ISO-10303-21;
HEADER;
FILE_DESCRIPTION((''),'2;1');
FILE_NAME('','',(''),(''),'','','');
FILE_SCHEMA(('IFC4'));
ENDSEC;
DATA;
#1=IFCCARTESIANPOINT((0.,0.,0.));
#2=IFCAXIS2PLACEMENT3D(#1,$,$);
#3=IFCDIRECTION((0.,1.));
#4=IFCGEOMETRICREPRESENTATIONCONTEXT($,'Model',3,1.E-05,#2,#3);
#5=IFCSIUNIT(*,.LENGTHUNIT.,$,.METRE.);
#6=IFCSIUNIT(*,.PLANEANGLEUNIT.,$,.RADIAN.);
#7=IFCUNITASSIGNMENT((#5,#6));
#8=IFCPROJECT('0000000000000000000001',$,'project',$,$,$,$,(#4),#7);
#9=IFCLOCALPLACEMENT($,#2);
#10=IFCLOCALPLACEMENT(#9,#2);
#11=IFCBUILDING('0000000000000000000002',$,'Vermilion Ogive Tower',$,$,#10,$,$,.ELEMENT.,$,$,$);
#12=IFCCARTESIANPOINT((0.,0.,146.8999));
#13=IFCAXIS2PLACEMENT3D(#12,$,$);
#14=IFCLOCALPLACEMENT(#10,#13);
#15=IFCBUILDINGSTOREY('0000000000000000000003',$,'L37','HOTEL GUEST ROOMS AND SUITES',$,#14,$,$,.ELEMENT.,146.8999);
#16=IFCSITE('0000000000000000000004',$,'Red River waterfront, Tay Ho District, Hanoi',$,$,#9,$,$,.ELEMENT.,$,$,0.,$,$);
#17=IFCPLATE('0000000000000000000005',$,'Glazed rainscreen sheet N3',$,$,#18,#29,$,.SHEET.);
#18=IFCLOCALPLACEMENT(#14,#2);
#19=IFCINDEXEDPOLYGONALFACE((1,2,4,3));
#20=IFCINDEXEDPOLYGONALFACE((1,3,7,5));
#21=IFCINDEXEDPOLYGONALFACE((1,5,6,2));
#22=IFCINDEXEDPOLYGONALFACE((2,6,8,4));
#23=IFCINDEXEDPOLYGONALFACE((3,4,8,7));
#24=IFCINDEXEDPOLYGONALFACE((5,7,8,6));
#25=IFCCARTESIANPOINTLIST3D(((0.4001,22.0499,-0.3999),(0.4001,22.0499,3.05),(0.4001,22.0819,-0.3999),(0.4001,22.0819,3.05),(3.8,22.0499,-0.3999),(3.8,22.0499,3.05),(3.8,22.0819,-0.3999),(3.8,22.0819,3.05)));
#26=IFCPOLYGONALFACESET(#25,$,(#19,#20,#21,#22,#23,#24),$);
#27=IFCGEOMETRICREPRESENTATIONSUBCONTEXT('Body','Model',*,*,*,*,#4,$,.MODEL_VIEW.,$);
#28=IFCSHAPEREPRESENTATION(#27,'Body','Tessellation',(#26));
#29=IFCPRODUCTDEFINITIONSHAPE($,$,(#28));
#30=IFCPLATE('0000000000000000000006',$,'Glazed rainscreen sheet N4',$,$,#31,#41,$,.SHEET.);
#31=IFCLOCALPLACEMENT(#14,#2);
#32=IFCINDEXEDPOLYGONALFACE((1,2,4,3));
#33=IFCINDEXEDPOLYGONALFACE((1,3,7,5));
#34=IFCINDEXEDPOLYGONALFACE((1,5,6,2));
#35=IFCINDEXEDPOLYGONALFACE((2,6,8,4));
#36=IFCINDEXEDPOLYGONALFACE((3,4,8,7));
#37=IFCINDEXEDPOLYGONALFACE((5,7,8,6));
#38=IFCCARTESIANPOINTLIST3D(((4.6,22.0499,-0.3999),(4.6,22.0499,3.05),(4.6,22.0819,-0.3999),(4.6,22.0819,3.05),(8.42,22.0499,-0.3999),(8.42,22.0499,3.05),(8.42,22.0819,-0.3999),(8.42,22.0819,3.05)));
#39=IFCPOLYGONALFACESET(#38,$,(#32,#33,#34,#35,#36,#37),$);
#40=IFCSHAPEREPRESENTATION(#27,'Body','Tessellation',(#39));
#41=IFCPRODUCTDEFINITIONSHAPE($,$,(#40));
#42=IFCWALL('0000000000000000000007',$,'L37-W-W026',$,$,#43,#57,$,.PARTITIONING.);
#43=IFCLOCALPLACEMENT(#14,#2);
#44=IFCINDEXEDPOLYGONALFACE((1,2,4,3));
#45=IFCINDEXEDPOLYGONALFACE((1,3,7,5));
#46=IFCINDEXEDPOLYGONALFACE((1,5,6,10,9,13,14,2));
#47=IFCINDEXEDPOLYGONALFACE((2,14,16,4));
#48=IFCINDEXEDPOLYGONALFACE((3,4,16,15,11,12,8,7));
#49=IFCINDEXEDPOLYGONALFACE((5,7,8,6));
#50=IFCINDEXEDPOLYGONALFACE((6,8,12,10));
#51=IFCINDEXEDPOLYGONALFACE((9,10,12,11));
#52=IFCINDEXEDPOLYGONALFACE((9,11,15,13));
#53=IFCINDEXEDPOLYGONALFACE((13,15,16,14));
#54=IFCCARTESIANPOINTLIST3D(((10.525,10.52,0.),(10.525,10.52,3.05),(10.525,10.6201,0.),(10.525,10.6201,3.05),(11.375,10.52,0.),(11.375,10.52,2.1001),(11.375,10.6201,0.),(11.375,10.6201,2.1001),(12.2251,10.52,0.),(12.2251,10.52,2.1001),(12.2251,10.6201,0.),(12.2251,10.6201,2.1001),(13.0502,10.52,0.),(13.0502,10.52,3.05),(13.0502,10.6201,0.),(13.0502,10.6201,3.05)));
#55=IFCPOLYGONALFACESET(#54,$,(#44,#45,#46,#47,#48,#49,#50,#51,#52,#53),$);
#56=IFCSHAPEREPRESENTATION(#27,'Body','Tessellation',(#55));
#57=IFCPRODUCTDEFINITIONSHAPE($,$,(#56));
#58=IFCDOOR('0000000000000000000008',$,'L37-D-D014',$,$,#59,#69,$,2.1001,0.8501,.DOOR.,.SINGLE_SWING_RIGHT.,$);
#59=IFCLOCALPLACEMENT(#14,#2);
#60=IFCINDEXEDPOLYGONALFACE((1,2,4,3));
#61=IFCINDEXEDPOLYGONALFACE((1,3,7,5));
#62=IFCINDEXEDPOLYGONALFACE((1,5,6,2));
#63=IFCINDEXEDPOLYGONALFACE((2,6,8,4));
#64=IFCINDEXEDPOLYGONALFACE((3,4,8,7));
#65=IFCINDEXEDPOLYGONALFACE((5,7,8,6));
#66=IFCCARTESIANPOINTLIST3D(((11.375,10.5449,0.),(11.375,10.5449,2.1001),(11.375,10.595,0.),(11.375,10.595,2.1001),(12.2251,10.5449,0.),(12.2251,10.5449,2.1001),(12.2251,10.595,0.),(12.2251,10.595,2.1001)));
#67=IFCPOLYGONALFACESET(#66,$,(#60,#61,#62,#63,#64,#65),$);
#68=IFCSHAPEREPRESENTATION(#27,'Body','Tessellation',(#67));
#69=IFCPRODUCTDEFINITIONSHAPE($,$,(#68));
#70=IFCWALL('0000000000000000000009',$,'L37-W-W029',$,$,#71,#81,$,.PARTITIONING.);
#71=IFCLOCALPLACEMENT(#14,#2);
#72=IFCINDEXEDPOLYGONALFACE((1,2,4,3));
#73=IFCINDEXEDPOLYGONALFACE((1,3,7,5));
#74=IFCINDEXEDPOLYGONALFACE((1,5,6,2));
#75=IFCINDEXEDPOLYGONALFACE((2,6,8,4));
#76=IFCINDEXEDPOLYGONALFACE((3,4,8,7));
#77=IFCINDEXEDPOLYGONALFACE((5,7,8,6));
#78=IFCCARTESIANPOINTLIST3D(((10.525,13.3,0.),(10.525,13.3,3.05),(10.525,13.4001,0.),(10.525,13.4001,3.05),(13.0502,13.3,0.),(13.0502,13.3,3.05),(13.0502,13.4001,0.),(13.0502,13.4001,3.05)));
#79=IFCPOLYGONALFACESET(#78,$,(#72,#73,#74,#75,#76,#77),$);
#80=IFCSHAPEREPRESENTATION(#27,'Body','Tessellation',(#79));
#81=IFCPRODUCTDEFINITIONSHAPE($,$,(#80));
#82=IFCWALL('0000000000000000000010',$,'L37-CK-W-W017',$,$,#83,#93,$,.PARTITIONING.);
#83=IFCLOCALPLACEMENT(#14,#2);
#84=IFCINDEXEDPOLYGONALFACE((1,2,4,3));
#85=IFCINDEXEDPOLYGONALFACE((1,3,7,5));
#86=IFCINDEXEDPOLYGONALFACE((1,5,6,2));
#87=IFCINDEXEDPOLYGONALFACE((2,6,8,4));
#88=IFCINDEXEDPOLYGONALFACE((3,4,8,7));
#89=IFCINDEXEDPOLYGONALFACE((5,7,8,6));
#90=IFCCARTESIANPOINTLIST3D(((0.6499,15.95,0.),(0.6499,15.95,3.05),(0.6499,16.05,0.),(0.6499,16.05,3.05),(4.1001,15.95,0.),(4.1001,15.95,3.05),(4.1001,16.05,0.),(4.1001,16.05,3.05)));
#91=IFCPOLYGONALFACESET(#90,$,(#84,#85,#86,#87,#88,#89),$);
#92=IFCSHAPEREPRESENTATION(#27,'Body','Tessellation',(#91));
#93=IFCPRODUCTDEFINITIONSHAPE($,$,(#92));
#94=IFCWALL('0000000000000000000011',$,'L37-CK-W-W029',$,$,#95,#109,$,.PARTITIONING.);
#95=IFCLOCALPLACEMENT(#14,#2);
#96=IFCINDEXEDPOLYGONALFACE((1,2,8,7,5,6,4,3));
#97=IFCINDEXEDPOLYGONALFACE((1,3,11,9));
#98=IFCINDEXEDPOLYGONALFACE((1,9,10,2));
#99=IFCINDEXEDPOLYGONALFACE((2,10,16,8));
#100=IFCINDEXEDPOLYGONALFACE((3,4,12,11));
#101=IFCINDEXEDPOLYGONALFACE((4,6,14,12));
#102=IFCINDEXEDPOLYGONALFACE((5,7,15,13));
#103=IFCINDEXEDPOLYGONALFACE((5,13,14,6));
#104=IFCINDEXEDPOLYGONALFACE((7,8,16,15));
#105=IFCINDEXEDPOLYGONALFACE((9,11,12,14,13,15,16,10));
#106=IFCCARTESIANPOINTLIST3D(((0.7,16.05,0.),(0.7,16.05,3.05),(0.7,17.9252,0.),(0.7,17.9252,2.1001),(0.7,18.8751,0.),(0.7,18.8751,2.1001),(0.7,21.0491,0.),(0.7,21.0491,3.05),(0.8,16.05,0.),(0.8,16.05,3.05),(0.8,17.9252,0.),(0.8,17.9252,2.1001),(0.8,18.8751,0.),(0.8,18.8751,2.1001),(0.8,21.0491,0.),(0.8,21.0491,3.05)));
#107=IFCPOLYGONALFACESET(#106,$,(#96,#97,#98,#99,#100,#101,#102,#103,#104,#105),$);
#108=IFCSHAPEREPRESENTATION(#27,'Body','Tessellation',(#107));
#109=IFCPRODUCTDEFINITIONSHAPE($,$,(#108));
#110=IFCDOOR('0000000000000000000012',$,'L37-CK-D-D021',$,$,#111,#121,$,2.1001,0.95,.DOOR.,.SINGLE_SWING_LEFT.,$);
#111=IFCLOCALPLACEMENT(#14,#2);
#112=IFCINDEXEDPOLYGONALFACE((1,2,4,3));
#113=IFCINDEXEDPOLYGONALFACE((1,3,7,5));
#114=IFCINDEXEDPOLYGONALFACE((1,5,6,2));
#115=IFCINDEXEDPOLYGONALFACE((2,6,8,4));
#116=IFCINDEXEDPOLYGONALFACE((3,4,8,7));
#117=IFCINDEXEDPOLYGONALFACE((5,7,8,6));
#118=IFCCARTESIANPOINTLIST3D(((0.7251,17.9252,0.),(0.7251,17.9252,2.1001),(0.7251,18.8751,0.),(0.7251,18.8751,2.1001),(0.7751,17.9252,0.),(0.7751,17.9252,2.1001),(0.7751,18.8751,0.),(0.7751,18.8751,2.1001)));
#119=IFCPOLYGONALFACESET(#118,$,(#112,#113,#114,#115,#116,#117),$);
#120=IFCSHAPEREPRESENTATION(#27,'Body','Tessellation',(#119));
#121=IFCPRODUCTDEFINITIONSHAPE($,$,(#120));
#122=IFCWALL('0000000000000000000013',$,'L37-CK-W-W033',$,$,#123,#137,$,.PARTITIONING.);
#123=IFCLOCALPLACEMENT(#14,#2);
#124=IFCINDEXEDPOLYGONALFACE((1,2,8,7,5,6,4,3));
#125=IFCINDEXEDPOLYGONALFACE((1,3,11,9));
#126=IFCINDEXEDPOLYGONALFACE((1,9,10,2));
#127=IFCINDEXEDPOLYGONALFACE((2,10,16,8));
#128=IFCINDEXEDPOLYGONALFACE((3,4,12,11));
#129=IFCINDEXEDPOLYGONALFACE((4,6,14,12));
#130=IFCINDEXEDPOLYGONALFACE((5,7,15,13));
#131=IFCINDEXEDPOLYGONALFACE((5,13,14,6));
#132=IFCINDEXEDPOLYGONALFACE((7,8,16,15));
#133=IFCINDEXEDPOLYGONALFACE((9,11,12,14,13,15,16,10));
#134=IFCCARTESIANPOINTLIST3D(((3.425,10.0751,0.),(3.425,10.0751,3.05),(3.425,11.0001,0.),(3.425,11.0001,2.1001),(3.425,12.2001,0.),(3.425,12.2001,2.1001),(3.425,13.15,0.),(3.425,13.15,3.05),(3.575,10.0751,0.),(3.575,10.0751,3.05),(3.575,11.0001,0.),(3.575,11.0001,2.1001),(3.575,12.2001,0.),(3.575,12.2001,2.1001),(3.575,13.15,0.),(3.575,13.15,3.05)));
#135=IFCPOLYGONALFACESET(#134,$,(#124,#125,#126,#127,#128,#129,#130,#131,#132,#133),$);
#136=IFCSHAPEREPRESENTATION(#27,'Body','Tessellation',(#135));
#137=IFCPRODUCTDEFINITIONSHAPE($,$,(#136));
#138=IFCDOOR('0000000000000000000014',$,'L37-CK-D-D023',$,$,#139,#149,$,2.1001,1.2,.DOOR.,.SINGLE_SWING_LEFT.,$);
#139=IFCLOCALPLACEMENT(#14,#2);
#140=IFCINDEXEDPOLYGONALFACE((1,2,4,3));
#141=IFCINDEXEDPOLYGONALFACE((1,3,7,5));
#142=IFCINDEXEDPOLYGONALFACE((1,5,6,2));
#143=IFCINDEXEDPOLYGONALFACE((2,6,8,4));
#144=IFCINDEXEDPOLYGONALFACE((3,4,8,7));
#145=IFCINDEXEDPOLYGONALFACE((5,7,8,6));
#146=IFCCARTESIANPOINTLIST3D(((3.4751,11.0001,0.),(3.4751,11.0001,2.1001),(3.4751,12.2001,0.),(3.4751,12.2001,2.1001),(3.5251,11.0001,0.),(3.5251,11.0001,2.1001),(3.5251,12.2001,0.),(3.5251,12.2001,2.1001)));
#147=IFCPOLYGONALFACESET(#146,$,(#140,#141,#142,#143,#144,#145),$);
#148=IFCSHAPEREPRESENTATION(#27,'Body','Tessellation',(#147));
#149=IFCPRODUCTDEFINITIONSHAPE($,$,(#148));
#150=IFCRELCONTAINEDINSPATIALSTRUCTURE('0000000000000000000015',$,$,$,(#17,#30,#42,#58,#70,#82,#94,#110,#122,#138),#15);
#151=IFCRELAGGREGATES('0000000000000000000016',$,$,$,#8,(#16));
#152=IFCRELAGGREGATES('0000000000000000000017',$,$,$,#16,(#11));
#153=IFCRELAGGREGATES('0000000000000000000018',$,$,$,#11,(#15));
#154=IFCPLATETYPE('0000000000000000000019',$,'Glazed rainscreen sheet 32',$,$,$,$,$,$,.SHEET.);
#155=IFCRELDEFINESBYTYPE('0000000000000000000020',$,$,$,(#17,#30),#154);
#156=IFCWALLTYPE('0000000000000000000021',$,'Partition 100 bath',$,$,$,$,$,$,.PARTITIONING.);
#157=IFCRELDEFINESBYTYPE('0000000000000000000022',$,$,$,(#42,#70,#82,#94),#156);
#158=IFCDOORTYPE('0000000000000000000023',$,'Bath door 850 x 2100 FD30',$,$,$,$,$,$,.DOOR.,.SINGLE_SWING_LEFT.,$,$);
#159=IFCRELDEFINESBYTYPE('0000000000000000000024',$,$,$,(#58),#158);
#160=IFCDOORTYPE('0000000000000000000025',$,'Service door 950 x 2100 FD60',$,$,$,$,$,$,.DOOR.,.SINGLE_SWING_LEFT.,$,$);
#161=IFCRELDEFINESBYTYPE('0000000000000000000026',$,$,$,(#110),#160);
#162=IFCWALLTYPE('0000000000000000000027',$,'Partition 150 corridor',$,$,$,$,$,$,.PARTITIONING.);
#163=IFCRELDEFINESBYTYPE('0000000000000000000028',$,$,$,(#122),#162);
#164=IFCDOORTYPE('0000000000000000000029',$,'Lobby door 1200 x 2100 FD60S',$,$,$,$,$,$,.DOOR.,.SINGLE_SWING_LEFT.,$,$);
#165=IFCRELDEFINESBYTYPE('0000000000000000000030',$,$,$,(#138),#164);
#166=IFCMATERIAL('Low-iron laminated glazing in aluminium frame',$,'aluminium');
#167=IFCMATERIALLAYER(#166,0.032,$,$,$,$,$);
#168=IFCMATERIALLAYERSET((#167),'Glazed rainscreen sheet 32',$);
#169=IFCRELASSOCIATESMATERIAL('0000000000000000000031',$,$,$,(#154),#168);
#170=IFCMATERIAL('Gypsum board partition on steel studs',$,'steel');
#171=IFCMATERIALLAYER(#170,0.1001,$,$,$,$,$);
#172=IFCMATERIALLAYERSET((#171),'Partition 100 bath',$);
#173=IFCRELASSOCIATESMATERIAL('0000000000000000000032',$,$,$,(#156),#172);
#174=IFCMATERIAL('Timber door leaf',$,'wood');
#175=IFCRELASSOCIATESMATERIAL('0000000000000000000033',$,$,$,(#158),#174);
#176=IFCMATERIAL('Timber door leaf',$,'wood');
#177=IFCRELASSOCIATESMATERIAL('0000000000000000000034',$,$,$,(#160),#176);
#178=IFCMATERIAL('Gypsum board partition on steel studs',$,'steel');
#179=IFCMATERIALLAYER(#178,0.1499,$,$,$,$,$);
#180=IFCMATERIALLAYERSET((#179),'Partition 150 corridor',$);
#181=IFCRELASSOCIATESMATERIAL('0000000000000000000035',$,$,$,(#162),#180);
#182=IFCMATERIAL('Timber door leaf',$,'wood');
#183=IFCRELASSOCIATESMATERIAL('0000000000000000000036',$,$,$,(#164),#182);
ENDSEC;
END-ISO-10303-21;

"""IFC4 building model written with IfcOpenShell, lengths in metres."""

from ifc_helpers import new_model, si_unit, direction, frame, frame_2d, origin, origin_2d, place, context, subcontext, project, spatial, rectangle, extrude, material, layer, layer_set, type_object, element, fill, save


model = new_model("IFC4")

# Units and contexts
model_context = context("Model", 3, precision=1e-05, world=origin(), true_north=direction((0.0, 1.0)))
body_context = subcontext(model_context, "Body", "Model", "MODEL_VIEW")
ifc_project = project(units=[si_unit("LENGTHUNIT", "METRE"), si_unit("PLANEANGLEUNIT", "RADIAN")], contexts=[model_context])

# Site, building, storey
site_placement = place(None, origin())
site = spatial("IfcSite", under=ifc_project, at=site_placement, Name="Red River waterfront, Tay Ho District, Hanoi", CompositionType="ELEMENT", RefElevation=0.0)
building_placement = place(site_placement, origin())
building = spatial("IfcBuilding", under=site, at=building_placement, Name="Vermilion Ogive Tower", CompositionType="ELEMENT")
storey_placement = place(building_placement, frame((0.0, 0.0, 146.8999)))
storey = spatial("IfcBuildingStorey", under=building, at=storey_placement, Name="L37", Description="HOTEL GUEST ROOMS AND SUITES", CompositionType="ELEMENT", Elevation=146.8999)

# Plates
ifc_material_1 = material(Name="Low-iron laminated glazing in aluminium frame", Category="aluminium")
ifc_layer_1 = layer(ifc_material_1, 0.032)
ifc_layer_set_1 = layer_set([ifc_layer_1], Name="Glazed rainscreen sheet 32")
plate_type = type_object("IfcPlateType", Name="Glazed rainscreen sheet 32", PredefinedType="SHEET", material=ifc_layer_set_1)
plate_1_placement = place(storey_placement, frame((2.1001, 22.0659, -0.3999), z_axis=(0.0, 0.0, 1.0), x_axis=(1.0, 0.0, 0.0)))
element("IfcPlate", 1, at=plate_1_placement, inside=storey, type_object=plate_type, Name="Glazed rainscreen sheet N3", PredefinedType="SHEET", context=body_context, shape_type="SweptSolid", body=[
    extrude(rectangle(XDim=3.3999, YDim=0.032, at=origin_2d()), origin(), (0.0, 0.0, 1.0), 3.45),
])
plate_2_placement = place(storey_placement, frame((6.51, 22.0659, -0.3999), z_axis=(0.0, 0.0, 1.0), x_axis=(1.0, 0.0, 0.0)))
element("IfcPlate", 2, at=plate_2_placement, inside=storey, type_object=plate_type, Name="Glazed rainscreen sheet N4", PredefinedType="SHEET", context=body_context, shape_type="SweptSolid", body=[
    extrude(rectangle(XDim=3.8201, YDim=0.032, at=origin_2d()), origin(), (0.0, 0.0, 1.0), 3.45),
])

# Wall, opening, door
ifc_material_2 = material(Name="Gypsum board partition on steel studs", Category="steel")
ifc_layer_2 = layer(ifc_material_2, 0.1001)
ifc_layer_set_2 = layer_set([ifc_layer_2], Name="Partition 100 bath")
wall_type_1 = type_object("IfcWallType", Name="Partition 100 bath", PredefinedType="PARTITIONING", material=ifc_layer_set_2)
wall_1_placement = place(storey_placement, frame((10.5249, 10.5701, 0.0), z_axis=(0.0, 0.0, 1.0), x_axis=(1.0, 0.0, 0.0)))
wall_1 = element("IfcWall", 3, at=wall_1_placement, inside=storey, type_object=wall_type_1, Name="L37-W-W026", PredefinedType="PARTITIONING", context=body_context, shape_type="SweptSolid", body=[
    extrude(rectangle(XDim=2.5251, YDim=0.1001, at=frame_2d((1.2627, 0.0))), origin(), (0.0, 0.0, 1.0), 3.05),
])
opening_1_placement = place(wall_1_placement, frame((0.8501, 0.0, 0.0)))
opening_1 = element("IfcOpeningElement", 4, at=opening_1_placement, cuts=wall_1, PredefinedType="OPENING", context=body_context, shape_type="SweptSolid", body=[
    extrude(rectangle(XDim=0.8501, YDim=2.1001, at=frame_2d((0.425, 1.05))), frame((0.0, 0.0601, 0.0), z_axis=(0.0, -1.0, 0.0), x_axis=(1.0, 0.0, 0.0)), (0.0, 0.0, 1.0), 0.1201),
])
ifc_material_3 = material(Name="Timber door leaf", Category="wood")
door_type_1 = type_object("IfcDoorType", Name="Bath door 850 x 2100 FD30", OperationType="SINGLE_SWING_LEFT", PredefinedType="DOOR", material=ifc_material_3)
door_1_placement = place(opening_1_placement, origin())
door_1 = element("IfcDoor", 5, at=door_1_placement, inside=storey, type_object=door_type_1, Name="L37-D-D014", OperationType="SINGLE_SWING_RIGHT", OverallHeight=2.1001, OverallWidth=0.8501, PredefinedType="DOOR", context=body_context, shape_type="SweptSolid", body=[
    extrude(rectangle(XDim=0.8501, YDim=2.1001, at=frame_2d((0.425, 1.05))), frame((0.0, 0.0249, 0.0), z_axis=(0.0, -1.0, 0.0), x_axis=(1.0, 0.0, 0.0)), (0.0, 0.0, 1.0), 0.05),
])
fill(opening_1, door_1)

# Walls
wall_2_placement = place(storey_placement, frame((10.5249, 13.3501, 0.0), z_axis=(0.0, 0.0, 1.0), x_axis=(1.0, 0.0, 0.0)))
element("IfcWall", 6, at=wall_2_placement, inside=storey, type_object=wall_type_1, Name="L37-W-W029", PredefinedType="PARTITIONING", context=body_context, shape_type="SweptSolid", body=[
    extrude(rectangle(XDim=2.5251, YDim=0.1001, at=frame_2d((1.2627, 0.0))), origin(), (0.0, 0.0, 1.0), 3.05),
])
wall_3_placement = place(storey_placement, frame((0.6499, 16.0, 0.0), z_axis=(0.0, 0.0, 1.0), x_axis=(1.0, 0.0, 0.0)))
element("IfcWall", 7, at=wall_3_placement, inside=storey, type_object=wall_type_1, Name="L37-CK-W-W017", PredefinedType="PARTITIONING", context=body_context, shape_type="SweptSolid", body=[
    extrude(rectangle(XDim=3.4502, YDim=0.1001, at=frame_2d((1.7251, 0.0))), origin(), (0.0, 0.0, 1.0), 3.05),
])

# Walls, openings, doors
wall_4_placement = place(storey_placement, frame((0.75, 16.05, 0.0), z_axis=(0.0, 0.0, 1.0), x_axis=(0.0, 1.0, 0.0)))
wall_4 = element("IfcWall", 8, at=wall_4_placement, inside=storey, type_object=wall_type_1, Name="L37-CK-W-W029", PredefinedType="PARTITIONING", context=body_context, shape_type="SweptSolid", body=[
    extrude(rectangle(XDim=4.999, YDim=0.1001, at=frame_2d((2.4995, 0.0))), origin(), (0.0, 0.0, 1.0), 3.05),
])
opening_2_placement = place(wall_4_placement, frame((1.875, 0.0, 0.0)))
opening_2 = element("IfcOpeningElement", 9, at=opening_2_placement, cuts=wall_4, PredefinedType="OPENING", context=body_context, shape_type="SweptSolid", body=[
    extrude(rectangle(XDim=0.95, YDim=2.1001, at=frame_2d((0.4751, 1.05))), frame((0.0, 0.0601, 0.0), z_axis=(0.0, -1.0, 0.0), x_axis=(1.0, 0.0, 0.0)), (0.0, 0.0, 1.0), 0.1201),
])
ifc_material_4 = material(Name="Timber door leaf", Category="wood")
door_type_2 = type_object("IfcDoorType", Name="Service door 950 x 2100 FD60", OperationType="SINGLE_SWING_LEFT", PredefinedType="DOOR", material=ifc_material_4)
door_2_placement = place(opening_2_placement, origin())
door_2 = element("IfcDoor", 10, at=door_2_placement, inside=storey, type_object=door_type_2, Name="L37-CK-D-D021", OperationType="SINGLE_SWING_LEFT", OverallHeight=2.1001, OverallWidth=0.95, PredefinedType="DOOR", context=body_context, shape_type="SweptSolid", body=[
    extrude(rectangle(XDim=0.95, YDim=2.1001, at=frame_2d((0.4751, 1.05))), frame((0.0, 0.0249, 0.0), z_axis=(0.0, -1.0, 0.0), x_axis=(1.0, 0.0, 0.0)), (0.0, 0.0, 1.0), 0.05),
])
fill(opening_2, door_2)
ifc_material_5 = material(Name="Gypsum board partition on steel studs", Category="steel")
ifc_layer_3 = layer(ifc_material_5, 0.1499)
ifc_layer_set_3 = layer_set([ifc_layer_3], Name="Partition 150 corridor")
wall_type_2 = type_object("IfcWallType", Name="Partition 150 corridor", PredefinedType="PARTITIONING", material=ifc_layer_set_3)
wall_5_placement = place(storey_placement, frame((3.5, 10.075, 0.0), z_axis=(0.0, 0.0, 1.0), x_axis=(0.0, 1.0, 0.0)))
wall_5 = element("IfcWall", 11, at=wall_5_placement, inside=storey, type_object=wall_type_2, Name="L37-CK-W-W033", PredefinedType="PARTITIONING", context=body_context, shape_type="SweptSolid", body=[
    extrude(rectangle(XDim=3.075, YDim=0.1499, at=frame_2d((1.5376, 0.0))), origin(), (0.0, 0.0, 1.0), 3.05),
])
opening_3_placement = place(wall_5_placement, frame((0.925, 0.0, 0.0)))
opening_3 = element("IfcOpeningElement", 12, at=opening_3_placement, cuts=wall_5, PredefinedType="OPENING", context=body_context, shape_type="SweptSolid", body=[
    extrude(rectangle(XDim=1.2, YDim=2.1001, at=frame_2d((0.6001, 1.05))), frame((0.0, 0.085, 0.0), z_axis=(0.0, -1.0, 0.0), x_axis=(1.0, 0.0, 0.0)), (0.0, 0.0, 1.0), 0.1699),
])
ifc_material_6 = material(Name="Timber door leaf", Category="wood")
door_type_3 = type_object("IfcDoorType", Name="Lobby door 1200 x 2100 FD60S", OperationType="SINGLE_SWING_LEFT", PredefinedType="DOOR", material=ifc_material_6)
door_3_placement = place(opening_3_placement, origin())
door_3 = element("IfcDoor", 13, at=door_3_placement, inside=storey, type_object=door_type_3, Name="L37-CK-D-D023", OperationType="SINGLE_SWING_LEFT", OverallHeight=2.1001, OverallWidth=1.2, PredefinedType="DOOR", context=body_context, shape_type="SweptSolid", body=[
    extrude(rectangle(XDim=1.2, YDim=2.1001, at=frame_2d((0.6001, 1.05))), frame((0.0, 0.0249, 0.0), z_axis=(0.0, -1.0, 0.0), x_axis=(1.0, 0.0, 0.0)), (0.0, 0.0, 1.0), 0.05),
])
fill(opening_3, door_3)

save(model, "model.ifc")
